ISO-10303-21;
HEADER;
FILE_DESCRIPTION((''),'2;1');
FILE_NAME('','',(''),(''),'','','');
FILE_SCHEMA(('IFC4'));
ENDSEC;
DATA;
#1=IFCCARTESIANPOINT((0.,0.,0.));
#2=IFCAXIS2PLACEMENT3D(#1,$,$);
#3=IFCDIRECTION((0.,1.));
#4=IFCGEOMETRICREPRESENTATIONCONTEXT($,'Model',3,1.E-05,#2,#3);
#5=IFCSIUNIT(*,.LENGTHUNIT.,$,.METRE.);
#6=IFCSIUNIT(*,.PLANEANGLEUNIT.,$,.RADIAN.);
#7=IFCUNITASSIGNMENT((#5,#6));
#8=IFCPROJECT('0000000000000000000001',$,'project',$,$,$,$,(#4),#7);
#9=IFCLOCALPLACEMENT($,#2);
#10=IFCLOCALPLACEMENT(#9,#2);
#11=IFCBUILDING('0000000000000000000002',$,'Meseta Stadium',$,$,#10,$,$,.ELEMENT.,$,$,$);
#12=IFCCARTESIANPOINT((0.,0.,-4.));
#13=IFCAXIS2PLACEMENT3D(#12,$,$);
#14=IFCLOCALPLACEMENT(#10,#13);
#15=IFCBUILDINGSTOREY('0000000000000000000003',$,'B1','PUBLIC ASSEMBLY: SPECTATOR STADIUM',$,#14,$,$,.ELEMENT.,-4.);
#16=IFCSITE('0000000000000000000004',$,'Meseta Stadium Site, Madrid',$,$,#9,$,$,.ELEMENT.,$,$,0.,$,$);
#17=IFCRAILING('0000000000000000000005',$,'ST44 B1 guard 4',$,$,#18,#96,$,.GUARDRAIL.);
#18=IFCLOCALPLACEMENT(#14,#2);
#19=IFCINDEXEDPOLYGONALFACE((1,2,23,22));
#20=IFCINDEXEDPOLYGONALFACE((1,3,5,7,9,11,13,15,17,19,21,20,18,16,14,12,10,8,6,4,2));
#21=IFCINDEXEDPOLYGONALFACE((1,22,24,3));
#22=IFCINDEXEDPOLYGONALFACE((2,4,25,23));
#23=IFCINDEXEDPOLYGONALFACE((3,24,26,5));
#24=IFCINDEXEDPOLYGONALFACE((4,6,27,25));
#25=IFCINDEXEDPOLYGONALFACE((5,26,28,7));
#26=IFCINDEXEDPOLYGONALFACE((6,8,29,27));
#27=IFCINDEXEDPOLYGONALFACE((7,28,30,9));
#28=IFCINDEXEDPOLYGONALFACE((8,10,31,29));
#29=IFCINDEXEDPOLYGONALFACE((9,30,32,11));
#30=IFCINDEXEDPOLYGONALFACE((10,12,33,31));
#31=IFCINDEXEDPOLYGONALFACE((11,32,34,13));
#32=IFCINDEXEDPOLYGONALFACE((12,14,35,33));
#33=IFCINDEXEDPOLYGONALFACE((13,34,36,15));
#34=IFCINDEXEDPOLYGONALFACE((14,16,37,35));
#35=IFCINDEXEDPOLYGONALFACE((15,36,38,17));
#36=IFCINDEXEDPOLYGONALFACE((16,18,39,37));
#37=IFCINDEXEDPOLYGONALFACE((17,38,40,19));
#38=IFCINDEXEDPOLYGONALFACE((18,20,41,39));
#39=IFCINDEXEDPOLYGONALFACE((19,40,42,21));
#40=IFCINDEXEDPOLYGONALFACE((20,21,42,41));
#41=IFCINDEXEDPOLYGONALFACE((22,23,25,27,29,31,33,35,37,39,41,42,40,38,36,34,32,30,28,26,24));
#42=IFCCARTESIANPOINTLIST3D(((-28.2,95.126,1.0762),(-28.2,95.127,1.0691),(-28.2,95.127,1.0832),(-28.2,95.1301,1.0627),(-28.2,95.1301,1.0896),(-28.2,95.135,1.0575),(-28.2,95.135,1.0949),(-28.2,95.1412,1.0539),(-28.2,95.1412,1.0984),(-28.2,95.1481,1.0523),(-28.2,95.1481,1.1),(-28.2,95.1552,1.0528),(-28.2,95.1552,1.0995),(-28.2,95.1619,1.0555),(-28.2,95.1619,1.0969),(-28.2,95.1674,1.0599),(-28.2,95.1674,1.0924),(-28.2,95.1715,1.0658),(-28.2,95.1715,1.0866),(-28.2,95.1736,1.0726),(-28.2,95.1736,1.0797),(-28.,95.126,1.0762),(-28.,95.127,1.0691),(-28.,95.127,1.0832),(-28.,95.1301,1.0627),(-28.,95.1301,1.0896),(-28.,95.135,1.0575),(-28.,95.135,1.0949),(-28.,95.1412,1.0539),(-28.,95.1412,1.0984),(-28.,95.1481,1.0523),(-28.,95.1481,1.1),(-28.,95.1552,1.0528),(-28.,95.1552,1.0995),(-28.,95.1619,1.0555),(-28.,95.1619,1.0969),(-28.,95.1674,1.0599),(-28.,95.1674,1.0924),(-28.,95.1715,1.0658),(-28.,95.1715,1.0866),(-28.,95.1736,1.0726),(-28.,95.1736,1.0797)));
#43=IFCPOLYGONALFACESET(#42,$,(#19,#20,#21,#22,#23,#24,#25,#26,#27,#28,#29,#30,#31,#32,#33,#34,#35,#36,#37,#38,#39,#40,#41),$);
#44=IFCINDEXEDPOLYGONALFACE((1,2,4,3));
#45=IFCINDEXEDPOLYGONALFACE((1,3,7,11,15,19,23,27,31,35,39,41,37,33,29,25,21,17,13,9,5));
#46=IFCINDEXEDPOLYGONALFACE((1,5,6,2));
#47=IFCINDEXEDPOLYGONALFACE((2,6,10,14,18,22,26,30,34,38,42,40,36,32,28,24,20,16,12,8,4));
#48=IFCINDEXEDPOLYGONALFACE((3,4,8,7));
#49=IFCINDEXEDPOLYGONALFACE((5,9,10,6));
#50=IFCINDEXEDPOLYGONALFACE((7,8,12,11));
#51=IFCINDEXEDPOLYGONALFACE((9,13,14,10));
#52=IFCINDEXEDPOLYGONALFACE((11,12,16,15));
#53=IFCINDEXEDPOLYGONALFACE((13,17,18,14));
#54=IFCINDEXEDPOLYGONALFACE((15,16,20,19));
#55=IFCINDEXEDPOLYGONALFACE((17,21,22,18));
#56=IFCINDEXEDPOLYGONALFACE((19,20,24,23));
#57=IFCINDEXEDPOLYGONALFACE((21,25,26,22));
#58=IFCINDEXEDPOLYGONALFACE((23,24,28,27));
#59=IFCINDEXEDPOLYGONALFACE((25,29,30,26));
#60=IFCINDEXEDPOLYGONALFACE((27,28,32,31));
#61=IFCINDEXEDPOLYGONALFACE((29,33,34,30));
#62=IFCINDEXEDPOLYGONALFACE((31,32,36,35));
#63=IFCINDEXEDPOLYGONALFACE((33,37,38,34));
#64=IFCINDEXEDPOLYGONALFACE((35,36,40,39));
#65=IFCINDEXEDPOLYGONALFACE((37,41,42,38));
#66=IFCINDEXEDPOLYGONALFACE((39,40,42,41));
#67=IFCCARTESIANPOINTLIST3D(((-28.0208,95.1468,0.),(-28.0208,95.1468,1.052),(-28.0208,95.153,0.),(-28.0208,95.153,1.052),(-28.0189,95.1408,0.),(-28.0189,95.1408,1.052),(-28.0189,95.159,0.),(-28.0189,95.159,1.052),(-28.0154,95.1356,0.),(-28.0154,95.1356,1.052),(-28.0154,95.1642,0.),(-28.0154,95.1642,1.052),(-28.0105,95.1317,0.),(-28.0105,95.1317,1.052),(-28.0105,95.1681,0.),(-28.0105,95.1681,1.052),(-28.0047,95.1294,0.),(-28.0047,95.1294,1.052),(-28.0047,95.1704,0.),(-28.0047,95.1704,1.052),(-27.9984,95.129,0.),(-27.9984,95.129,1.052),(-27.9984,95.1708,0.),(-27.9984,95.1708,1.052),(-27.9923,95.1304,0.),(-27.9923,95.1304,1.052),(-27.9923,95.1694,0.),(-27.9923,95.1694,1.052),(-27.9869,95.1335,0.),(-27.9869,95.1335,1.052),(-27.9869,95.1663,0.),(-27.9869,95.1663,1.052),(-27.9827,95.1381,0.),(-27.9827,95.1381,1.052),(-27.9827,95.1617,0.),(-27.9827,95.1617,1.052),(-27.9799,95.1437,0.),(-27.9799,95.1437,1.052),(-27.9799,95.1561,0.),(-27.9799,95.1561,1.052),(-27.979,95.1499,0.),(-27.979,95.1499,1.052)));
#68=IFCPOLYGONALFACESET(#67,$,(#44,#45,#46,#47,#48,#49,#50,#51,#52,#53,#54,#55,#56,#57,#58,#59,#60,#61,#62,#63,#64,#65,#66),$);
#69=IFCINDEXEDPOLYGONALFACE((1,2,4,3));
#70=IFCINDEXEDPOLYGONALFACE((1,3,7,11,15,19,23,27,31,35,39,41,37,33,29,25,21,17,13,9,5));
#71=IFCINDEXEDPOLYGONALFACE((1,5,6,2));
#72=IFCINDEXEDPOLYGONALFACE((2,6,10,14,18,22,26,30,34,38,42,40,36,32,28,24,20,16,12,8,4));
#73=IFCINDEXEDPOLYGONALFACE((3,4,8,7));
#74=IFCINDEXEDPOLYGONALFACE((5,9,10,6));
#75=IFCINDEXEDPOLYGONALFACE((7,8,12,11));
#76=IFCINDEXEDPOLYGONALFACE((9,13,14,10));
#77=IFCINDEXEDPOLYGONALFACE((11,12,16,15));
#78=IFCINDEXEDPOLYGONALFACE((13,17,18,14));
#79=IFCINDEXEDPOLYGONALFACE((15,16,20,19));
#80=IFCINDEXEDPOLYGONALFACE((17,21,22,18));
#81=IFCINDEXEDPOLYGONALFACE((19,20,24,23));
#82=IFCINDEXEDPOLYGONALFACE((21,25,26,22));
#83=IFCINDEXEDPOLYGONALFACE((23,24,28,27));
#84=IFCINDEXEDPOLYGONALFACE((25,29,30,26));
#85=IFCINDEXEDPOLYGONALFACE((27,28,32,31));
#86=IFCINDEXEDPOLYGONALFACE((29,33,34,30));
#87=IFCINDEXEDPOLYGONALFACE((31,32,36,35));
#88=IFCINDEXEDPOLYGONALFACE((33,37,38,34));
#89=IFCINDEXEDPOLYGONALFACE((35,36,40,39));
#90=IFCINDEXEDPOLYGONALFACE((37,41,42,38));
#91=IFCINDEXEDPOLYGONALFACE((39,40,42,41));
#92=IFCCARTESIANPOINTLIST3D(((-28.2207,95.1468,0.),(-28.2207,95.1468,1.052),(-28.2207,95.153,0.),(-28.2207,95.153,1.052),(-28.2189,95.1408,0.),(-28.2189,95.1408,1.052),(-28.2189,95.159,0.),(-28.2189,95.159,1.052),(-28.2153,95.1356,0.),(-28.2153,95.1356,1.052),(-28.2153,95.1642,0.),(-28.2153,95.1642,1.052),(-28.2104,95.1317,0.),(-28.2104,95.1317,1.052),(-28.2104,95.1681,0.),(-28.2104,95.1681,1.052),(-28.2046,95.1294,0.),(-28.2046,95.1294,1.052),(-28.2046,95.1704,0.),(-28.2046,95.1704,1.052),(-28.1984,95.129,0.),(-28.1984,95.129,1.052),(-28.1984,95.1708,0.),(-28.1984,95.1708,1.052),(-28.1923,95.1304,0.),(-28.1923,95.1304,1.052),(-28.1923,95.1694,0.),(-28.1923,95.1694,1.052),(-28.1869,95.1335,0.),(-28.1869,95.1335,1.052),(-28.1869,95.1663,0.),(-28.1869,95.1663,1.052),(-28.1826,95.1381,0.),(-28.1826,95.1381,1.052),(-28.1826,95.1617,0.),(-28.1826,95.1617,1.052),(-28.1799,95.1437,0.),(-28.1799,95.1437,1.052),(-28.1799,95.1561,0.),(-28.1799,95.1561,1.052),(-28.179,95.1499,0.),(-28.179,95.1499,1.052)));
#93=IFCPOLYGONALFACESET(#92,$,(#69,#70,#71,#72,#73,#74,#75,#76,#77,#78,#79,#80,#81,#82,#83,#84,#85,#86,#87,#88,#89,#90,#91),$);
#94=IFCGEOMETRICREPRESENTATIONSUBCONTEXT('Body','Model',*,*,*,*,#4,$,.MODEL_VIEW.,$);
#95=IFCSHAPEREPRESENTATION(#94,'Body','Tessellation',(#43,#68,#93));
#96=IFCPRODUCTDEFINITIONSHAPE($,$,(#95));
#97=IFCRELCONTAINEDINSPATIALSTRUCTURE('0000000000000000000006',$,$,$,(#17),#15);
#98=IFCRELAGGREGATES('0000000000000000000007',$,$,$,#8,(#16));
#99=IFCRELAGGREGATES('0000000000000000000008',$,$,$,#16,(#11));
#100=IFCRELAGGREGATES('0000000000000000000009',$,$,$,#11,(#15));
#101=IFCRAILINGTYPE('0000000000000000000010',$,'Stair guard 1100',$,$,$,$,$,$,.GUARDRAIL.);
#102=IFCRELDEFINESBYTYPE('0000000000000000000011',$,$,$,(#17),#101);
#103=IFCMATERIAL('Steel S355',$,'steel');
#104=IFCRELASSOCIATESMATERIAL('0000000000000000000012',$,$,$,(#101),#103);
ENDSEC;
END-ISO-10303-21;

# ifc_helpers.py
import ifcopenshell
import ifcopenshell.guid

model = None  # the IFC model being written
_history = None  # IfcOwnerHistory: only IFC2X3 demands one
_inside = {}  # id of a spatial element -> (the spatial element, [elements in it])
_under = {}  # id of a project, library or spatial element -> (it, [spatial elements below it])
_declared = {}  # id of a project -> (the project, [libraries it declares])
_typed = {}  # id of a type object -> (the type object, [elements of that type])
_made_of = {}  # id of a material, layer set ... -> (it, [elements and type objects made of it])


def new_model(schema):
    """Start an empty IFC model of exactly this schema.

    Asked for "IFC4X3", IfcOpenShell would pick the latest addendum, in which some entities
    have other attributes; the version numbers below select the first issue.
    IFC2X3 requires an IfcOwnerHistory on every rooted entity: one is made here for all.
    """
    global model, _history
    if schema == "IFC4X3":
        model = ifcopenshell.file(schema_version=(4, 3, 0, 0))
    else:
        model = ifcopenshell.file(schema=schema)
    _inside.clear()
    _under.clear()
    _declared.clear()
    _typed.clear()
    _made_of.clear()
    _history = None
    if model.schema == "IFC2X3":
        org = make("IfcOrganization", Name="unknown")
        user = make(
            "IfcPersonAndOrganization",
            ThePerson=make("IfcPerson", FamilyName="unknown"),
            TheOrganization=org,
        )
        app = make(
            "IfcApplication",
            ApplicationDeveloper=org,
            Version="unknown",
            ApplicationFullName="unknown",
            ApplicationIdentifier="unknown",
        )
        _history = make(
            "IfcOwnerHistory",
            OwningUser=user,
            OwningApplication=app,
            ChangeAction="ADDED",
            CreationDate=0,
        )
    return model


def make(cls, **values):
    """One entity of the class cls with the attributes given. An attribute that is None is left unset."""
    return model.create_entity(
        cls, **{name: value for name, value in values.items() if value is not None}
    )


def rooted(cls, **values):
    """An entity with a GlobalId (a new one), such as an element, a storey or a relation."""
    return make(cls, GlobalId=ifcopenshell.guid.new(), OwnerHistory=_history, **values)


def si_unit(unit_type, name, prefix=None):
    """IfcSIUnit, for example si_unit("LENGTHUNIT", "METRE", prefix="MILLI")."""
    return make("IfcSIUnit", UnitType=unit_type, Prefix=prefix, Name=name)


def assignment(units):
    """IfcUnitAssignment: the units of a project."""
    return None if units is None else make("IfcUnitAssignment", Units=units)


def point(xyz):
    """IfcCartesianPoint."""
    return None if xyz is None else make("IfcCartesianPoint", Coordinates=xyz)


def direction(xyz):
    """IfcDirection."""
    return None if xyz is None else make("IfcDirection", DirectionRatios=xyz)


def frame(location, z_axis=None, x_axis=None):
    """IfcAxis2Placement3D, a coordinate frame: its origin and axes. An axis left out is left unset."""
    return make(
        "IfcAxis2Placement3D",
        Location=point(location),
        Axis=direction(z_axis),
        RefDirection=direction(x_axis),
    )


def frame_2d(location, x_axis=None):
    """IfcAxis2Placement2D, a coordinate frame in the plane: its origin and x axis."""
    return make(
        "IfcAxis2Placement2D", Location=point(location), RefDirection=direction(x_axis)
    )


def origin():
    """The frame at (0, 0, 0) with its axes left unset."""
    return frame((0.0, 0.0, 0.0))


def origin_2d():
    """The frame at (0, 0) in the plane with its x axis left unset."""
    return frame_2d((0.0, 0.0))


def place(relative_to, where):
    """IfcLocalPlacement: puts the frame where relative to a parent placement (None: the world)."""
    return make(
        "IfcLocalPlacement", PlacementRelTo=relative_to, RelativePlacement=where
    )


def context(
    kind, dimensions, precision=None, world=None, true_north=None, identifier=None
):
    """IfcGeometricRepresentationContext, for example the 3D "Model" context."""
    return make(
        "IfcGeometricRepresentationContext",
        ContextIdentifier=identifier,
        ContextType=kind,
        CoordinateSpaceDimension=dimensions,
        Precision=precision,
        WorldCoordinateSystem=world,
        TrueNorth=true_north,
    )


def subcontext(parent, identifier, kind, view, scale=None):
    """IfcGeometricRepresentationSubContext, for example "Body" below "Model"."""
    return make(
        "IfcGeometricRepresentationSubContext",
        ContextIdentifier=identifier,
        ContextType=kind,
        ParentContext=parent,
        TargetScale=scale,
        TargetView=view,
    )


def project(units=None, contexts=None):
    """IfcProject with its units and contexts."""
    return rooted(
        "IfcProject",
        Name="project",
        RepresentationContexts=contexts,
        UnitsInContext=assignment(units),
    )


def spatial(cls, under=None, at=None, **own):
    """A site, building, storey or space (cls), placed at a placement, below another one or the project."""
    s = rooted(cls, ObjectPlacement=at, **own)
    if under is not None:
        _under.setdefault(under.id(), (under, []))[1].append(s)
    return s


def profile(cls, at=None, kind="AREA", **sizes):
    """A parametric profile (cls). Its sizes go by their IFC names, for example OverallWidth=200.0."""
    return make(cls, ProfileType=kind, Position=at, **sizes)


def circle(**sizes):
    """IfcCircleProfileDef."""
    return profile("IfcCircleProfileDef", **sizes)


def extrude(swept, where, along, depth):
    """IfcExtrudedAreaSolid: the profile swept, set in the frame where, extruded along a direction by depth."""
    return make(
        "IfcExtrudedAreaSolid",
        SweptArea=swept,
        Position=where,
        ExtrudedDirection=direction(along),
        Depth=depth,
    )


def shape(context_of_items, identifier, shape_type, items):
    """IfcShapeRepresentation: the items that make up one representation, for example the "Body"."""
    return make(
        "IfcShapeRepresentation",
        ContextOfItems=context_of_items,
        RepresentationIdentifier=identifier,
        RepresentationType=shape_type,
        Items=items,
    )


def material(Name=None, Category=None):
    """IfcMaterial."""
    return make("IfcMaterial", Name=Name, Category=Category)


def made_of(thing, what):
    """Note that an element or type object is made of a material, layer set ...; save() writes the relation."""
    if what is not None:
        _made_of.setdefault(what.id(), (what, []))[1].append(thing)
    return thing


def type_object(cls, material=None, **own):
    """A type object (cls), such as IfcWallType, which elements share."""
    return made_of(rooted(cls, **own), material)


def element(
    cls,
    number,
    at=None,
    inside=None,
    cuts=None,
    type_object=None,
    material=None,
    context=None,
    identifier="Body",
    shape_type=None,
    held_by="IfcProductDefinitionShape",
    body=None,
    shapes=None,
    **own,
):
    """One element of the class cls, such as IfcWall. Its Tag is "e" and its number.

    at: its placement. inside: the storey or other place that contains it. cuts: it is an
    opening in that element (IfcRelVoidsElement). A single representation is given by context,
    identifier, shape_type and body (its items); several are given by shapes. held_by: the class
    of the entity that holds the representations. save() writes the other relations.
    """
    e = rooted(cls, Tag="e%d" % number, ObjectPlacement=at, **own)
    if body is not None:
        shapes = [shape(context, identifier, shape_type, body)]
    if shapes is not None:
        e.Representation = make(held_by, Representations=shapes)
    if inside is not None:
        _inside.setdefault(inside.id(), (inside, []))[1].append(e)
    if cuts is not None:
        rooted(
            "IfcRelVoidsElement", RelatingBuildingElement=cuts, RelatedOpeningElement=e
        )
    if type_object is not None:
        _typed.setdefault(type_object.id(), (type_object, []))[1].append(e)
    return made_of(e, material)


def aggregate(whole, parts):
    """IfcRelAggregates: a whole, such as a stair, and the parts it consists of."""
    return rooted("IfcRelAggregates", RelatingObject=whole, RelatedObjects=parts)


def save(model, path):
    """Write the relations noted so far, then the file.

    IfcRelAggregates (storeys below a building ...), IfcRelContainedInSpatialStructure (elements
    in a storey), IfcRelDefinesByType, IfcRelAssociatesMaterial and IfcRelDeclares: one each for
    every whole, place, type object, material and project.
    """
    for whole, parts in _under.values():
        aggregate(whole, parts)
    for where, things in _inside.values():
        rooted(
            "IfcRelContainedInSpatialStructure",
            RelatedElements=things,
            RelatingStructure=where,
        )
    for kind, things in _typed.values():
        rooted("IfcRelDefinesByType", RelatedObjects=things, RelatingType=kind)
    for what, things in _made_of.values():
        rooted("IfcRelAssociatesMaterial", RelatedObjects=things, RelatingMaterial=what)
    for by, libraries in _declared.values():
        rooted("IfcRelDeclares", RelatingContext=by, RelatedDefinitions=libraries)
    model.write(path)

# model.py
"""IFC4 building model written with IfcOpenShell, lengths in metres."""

from ifc_helpers import new_model, si_unit, direction, frame, origin, origin_2d, place, context, subcontext, project, spatial, circle, extrude, material, type_object, element, save


model = new_model("IFC4")

# Units and contexts
model_context = context("Model", 3, precision=1e-05, world=origin(), true_north=direction((0.0, 1.0)))
body_context = subcontext(model_context, "Body", "Model", "MODEL_VIEW")
ifc_project = project(units=[si_unit("LENGTHUNIT", "METRE"), si_unit("PLANEANGLEUNIT", "RADIAN")], contexts=[model_context])

# Site, building, storey
site_placement = place(None, origin())
site = spatial("IfcSite", under=ifc_project, at=site_placement, Name="Meseta Stadium Site, Madrid", CompositionType="ELEMENT", RefElevation=0.0)
building_placement = place(site_placement, origin())
building = spatial("IfcBuilding", under=site, at=building_placement, Name="Meseta Stadium", CompositionType="ELEMENT")
storey_placement = place(building_placement, frame((0.0, 0.0, -4.0)))
storey = spatial("IfcBuildingStorey", under=building, at=storey_placement, Name="B1", Description="PUBLIC ASSEMBLY: SPECTATOR STADIUM", CompositionType="ELEMENT", Elevation=-4.0)

# Railing
ifc_material_1 = material(Name="Steel S355", Category="steel")
railing_type_1 = type_object("IfcRailingType", Name="Stair guard 1100", PredefinedType="GUARDRAIL", material=ifc_material_1)
railing_1_placement = place(storey_placement, frame((-28.0, 95.1499, 0.0)))
element("IfcRailing", 1, at=railing_1_placement, inside=storey, type_object=railing_type_1, Name="ST44 B1 guard 4", PredefinedType="GUARDRAIL", context=body_context, shape_type="SweptSolid", body=[
    extrude(circle(Radius=0.0239, at=origin_2d()), frame((0.0, 0.0, 1.0762), z_axis=(-1.0, 0.0, 0.0), x_axis=(0.0, -1.0, 0.0)), (0.0, 0.0, 1.0), 0.2),
    extrude(circle(Radius=0.021, at=origin_2d()), origin(), (0.0, 0.0, 1.0), 1.052),
    extrude(circle(Radius=0.021, at=origin_2d()), frame((-0.2, 0.0, 0.0)), (0.0, 0.0, 1.0), 1.052),
])

save(model, "model.ifc")
